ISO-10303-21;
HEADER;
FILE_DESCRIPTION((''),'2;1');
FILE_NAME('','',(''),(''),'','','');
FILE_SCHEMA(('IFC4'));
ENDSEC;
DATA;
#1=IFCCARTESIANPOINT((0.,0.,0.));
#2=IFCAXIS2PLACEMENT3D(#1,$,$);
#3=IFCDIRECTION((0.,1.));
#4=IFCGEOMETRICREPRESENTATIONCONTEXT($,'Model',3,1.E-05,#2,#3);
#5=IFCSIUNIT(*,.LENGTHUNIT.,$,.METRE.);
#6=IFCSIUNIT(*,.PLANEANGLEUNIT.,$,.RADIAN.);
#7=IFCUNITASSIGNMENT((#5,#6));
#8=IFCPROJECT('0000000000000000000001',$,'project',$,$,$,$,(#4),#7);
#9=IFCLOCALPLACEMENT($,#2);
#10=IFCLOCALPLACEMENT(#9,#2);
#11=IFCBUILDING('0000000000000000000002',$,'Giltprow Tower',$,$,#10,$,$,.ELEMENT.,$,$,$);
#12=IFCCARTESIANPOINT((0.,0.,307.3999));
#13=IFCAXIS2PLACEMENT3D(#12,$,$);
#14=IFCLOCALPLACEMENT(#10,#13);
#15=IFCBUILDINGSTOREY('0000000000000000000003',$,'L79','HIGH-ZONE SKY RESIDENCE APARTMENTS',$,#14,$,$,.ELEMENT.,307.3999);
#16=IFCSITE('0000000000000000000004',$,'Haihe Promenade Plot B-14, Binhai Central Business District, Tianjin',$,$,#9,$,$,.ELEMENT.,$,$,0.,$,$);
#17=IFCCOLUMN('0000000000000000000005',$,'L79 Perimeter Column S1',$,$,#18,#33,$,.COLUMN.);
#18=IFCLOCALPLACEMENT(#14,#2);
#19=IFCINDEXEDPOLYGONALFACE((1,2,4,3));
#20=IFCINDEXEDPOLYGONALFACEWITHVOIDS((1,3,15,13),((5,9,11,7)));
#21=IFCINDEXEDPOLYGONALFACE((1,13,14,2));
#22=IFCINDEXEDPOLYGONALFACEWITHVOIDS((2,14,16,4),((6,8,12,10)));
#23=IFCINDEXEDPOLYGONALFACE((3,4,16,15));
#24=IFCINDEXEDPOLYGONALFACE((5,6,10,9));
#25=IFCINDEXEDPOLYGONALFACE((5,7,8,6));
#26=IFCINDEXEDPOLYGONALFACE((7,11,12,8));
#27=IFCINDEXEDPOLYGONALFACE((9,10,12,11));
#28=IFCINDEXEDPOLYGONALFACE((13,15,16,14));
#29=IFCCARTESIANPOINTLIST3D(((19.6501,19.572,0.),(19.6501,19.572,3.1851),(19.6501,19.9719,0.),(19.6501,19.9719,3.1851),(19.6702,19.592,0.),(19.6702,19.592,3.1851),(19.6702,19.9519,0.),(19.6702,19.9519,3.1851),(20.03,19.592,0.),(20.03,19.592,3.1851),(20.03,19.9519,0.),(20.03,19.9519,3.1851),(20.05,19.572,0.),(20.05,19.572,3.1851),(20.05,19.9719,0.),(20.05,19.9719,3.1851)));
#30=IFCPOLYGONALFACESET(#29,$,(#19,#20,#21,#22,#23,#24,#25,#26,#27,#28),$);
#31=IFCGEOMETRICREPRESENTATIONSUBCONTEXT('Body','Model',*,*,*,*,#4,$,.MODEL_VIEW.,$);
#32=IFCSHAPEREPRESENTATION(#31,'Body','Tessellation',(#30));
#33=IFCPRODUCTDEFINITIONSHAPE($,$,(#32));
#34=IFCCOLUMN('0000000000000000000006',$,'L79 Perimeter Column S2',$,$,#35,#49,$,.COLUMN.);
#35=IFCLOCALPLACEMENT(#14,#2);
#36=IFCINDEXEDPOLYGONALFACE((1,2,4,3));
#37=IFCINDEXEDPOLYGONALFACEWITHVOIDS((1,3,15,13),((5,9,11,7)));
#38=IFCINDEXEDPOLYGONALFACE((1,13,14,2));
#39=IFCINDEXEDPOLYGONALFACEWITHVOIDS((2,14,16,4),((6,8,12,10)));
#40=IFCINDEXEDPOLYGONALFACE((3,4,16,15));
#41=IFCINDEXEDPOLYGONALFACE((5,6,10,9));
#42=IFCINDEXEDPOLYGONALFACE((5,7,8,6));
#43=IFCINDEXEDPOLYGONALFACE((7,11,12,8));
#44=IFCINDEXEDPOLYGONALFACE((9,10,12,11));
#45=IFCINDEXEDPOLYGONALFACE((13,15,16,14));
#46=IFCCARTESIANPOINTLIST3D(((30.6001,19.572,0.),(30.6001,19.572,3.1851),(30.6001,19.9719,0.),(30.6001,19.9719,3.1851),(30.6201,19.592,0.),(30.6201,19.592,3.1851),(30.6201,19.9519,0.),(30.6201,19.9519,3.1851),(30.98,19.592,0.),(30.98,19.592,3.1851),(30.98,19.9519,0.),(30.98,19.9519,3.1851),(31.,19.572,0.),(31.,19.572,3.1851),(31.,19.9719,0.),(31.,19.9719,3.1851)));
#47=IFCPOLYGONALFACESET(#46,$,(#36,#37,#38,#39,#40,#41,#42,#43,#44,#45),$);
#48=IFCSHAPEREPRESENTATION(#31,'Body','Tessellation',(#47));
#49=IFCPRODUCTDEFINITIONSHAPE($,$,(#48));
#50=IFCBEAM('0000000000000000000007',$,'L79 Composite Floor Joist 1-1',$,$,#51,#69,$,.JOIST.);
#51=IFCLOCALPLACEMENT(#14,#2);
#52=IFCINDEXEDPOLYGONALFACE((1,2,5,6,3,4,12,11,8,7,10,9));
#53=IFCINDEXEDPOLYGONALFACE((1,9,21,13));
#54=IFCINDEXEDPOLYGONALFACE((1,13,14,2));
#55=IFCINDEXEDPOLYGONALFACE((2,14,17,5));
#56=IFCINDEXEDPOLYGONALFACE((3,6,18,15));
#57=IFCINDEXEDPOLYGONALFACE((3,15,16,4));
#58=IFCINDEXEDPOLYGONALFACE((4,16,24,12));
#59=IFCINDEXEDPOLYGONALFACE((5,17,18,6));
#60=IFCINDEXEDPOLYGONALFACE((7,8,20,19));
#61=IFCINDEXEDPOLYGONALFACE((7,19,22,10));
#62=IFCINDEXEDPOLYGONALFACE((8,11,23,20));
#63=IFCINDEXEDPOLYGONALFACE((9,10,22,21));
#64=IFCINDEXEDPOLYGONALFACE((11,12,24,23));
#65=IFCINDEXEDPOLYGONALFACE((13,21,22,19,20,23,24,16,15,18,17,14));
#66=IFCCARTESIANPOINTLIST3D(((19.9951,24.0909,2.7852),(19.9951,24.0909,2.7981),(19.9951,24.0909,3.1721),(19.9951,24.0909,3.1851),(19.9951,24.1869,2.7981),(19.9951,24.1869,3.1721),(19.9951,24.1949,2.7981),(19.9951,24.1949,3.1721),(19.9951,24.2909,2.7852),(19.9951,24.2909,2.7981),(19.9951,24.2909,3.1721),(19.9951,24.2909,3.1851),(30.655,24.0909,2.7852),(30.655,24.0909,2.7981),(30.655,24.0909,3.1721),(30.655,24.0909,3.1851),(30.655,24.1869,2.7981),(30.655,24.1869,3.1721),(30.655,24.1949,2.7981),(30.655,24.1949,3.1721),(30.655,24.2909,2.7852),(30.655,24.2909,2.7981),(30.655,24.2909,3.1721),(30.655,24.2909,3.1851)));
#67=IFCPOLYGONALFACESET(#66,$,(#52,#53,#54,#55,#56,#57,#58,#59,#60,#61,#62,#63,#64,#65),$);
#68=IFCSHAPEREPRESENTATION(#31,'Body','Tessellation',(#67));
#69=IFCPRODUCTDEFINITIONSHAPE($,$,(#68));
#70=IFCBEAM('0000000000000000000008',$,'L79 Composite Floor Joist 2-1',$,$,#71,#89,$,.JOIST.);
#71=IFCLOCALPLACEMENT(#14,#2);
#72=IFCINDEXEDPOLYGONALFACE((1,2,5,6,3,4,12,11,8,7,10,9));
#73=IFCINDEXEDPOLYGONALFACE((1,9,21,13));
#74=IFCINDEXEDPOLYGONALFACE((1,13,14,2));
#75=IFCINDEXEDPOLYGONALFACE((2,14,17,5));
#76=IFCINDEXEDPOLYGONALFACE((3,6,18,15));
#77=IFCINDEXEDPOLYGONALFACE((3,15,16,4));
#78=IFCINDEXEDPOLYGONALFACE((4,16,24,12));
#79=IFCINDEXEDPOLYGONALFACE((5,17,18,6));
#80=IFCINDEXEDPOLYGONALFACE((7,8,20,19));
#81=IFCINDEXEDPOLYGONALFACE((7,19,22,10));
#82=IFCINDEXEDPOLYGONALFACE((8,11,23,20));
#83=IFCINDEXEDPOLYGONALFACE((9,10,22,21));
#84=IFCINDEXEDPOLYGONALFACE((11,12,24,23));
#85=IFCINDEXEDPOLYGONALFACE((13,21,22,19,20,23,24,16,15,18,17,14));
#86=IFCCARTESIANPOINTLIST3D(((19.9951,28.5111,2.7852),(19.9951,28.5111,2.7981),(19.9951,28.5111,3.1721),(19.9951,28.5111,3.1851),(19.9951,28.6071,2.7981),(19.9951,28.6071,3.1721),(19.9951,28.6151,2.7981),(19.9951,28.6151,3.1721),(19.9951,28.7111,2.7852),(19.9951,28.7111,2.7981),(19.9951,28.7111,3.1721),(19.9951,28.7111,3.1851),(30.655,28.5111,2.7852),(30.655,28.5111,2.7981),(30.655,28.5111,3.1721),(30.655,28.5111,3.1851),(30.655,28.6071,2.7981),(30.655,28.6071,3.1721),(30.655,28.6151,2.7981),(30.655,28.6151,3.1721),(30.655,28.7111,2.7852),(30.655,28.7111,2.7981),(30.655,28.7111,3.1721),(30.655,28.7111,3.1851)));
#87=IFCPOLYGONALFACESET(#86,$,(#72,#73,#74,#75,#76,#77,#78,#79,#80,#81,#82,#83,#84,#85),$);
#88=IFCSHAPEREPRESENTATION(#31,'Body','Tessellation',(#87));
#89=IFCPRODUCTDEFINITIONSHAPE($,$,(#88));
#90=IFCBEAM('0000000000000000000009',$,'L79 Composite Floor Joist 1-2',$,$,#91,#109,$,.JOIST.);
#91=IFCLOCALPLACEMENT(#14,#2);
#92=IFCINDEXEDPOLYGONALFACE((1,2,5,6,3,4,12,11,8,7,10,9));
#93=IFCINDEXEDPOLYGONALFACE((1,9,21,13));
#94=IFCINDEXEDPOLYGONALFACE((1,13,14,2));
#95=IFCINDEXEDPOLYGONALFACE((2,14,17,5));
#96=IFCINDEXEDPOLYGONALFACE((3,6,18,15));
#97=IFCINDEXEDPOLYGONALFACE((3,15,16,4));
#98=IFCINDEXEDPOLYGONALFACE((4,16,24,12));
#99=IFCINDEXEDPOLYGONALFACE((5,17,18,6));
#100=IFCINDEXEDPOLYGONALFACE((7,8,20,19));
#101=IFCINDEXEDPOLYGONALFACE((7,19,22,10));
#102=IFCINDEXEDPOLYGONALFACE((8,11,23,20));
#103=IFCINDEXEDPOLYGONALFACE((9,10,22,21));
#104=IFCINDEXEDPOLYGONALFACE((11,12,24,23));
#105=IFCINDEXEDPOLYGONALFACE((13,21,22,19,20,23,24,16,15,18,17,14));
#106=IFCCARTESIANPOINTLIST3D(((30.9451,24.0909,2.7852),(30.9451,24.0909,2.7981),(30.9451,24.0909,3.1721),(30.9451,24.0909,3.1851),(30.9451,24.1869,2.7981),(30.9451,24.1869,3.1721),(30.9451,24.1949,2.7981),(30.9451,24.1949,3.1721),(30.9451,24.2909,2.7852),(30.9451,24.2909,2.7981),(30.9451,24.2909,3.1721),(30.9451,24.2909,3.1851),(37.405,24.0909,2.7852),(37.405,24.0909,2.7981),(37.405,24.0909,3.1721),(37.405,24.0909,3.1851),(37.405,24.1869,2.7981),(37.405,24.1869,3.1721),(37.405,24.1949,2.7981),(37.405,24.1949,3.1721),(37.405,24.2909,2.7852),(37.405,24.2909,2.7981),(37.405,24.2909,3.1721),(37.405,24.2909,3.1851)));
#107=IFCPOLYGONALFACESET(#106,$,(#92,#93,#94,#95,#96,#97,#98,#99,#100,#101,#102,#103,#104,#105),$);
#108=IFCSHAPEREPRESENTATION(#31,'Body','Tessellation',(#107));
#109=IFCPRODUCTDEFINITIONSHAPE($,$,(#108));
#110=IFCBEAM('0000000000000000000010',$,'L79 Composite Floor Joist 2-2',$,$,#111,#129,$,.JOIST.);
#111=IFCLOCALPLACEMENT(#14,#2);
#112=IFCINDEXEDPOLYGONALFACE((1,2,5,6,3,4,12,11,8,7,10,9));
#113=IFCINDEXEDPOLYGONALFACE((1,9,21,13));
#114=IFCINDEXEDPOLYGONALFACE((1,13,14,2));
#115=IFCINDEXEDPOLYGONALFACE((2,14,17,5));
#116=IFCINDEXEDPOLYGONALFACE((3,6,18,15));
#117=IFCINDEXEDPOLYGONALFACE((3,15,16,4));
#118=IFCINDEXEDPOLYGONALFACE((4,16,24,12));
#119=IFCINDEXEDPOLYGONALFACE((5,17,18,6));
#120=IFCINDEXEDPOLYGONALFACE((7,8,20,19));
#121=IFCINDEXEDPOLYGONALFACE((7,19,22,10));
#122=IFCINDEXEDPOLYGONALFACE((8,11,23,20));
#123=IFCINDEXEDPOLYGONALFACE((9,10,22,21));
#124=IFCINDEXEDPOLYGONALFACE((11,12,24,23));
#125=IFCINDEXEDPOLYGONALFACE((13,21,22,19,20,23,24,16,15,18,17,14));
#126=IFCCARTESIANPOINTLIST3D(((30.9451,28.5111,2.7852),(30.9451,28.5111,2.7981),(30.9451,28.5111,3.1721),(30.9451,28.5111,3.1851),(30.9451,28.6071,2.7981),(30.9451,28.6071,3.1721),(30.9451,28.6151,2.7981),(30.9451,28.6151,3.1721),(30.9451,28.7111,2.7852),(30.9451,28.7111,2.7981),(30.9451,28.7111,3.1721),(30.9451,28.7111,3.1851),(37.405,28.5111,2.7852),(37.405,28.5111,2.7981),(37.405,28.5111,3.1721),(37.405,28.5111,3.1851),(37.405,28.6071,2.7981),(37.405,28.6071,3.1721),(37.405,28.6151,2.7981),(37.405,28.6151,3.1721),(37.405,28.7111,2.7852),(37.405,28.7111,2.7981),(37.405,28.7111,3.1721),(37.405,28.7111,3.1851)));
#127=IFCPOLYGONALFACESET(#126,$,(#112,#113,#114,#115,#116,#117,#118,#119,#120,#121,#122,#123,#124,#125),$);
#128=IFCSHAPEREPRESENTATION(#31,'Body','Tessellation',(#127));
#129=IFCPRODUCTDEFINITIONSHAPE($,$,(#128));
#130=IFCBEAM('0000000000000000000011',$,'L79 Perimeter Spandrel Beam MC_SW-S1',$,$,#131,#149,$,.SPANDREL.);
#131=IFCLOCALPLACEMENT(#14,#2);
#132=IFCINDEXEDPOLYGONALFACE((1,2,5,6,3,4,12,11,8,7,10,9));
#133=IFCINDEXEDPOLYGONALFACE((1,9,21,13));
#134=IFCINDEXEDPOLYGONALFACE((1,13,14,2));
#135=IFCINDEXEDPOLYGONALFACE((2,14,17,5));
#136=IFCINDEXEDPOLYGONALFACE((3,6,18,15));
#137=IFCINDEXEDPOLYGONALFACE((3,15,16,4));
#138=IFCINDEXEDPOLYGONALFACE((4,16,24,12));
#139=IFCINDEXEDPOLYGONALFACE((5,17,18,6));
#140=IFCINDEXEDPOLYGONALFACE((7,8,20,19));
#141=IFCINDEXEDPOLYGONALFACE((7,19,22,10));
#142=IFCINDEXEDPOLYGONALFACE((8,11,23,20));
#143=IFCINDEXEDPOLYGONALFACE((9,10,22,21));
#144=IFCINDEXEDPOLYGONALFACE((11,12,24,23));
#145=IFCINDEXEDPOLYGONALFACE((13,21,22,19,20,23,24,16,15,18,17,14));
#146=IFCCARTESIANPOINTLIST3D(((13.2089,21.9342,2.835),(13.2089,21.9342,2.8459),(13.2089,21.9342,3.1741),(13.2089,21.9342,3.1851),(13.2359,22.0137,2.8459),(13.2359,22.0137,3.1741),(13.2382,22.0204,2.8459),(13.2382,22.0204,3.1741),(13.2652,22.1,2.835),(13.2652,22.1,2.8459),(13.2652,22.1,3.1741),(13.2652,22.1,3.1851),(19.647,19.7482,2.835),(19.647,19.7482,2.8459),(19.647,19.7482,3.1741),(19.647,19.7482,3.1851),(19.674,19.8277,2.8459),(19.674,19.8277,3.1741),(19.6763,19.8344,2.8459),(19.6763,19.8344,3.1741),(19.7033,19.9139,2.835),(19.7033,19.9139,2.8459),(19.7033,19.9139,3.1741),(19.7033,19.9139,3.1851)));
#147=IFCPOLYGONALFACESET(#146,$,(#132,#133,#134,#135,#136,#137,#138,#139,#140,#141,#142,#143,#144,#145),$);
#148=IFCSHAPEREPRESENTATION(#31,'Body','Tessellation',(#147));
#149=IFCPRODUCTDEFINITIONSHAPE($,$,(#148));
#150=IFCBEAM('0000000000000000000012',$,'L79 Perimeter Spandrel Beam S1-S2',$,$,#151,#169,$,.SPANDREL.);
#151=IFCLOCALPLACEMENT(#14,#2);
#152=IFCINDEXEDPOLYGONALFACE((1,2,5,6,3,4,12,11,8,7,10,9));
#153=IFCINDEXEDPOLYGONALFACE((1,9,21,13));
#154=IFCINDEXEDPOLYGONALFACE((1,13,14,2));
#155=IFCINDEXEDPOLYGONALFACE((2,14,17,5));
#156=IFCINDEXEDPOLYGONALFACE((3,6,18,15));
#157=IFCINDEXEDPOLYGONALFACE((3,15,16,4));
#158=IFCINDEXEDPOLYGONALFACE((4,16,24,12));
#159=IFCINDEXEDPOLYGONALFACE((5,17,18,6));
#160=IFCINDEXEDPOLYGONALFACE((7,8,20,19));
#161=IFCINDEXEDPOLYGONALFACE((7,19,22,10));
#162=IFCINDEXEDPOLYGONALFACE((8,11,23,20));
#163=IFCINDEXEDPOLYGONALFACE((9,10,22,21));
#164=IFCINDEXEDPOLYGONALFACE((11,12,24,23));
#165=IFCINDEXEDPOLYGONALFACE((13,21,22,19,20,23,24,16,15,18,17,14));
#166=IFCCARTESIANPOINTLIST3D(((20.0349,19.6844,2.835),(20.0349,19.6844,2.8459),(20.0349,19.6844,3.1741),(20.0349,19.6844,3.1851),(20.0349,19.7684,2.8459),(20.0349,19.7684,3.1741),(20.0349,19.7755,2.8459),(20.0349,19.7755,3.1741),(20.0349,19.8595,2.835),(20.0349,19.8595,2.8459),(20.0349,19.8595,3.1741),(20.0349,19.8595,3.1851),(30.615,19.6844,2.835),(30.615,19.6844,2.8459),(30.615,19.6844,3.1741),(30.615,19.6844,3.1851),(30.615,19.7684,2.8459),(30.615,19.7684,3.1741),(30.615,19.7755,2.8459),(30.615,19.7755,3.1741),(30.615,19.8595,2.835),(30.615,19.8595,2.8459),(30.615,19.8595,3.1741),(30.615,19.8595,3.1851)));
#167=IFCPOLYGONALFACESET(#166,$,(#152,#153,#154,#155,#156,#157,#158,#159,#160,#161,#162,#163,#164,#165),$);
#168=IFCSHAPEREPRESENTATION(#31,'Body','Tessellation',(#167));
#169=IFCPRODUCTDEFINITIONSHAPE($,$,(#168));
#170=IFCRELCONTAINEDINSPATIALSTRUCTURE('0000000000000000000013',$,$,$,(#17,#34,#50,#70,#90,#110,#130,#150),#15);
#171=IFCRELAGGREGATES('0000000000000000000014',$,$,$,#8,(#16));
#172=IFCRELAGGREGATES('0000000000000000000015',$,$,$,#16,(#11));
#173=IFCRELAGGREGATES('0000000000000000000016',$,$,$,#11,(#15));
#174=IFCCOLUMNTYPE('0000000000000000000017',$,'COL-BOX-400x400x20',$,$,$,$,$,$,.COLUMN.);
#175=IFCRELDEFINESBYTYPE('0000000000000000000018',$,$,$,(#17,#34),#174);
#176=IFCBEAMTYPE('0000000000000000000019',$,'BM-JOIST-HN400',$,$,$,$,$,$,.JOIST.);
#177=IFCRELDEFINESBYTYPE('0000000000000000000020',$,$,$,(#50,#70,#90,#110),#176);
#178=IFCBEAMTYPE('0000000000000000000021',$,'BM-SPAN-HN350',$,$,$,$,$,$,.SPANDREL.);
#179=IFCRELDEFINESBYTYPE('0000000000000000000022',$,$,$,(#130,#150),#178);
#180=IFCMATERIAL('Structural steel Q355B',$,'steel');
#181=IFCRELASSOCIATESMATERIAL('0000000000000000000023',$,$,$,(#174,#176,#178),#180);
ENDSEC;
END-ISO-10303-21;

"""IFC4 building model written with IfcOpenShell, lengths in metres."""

from ifc_helpers import new_model, si_unit, direction, frame, origin, origin_2d, place, context, subcontext, project, spatial, hollow_rectangle, i_section, extrude, source, transform, mapped, material, material_profile, profile_set, type_object, element, save


model = new_model("IFC4")

# Units and contexts
model_context = context("Model", 3, precision=1e-05, world=origin(), true_north=direction((0.0, 1.0)))
body_context = subcontext(model_context, "Body", "Model", "MODEL_VIEW")
ifc_project = project(units=[si_unit("LENGTHUNIT", "METRE"), si_unit("PLANEANGLEUNIT", "RADIAN")], contexts=[model_context])

# Site, building, storey
site_placement = place(None, origin())
site = spatial("IfcSite", under=ifc_project, at=site_placement, Name="Haihe Promenade Plot B-14, Binhai Central Business District, Tianjin", CompositionType="ELEMENT", RefElevation=0.0)
building_placement = place(site_placement, origin())
building = spatial("IfcBuilding", under=site, at=building_placement, Name="Giltprow Tower", CompositionType="ELEMENT")
storey_placement = place(building_placement, frame((0.0, 0.0, 307.3999)))
storey = spatial("IfcBuildingStorey", under=building, at=storey_placement, Name="L79", Description="HIGH-ZONE SKY RESIDENCE APARTMENTS", CompositionType="ELEMENT", Elevation=307.3999)

# Columns
ifc_material_1 = material(Name="Structural steel Q355B", Category="steel")
ifc_material_profile_1 = material_profile(ifc_material_1, hollow_rectangle(XDim=0.3999, YDim=0.3999, WallThickness=0.02, at=origin_2d()), Name="BOX 400x400x20")
ifc_profile_set_1 = profile_set([ifc_material_profile_1], Name="Structural steel Q355B")
column_type = type_object("IfcColumnType", Name="COL-BOX-400x400x20", PredefinedType="COLUMN", material=ifc_profile_set_1)
shared_shape_1 = source(origin(), body_context, "Body", "SweptSolid", [
    extrude(hollow_rectangle(XDim=0.3999, YDim=0.3999, WallThickness=0.02, at=origin_2d()), origin(), (0.0, 0.0, 1.0), 3.1851),
])
for number, where, z_axis, x_axis, name in (
    (1, (19.8501, 19.772, 0.0), (0.0, 0.0, 1.0), (1.0, 0.0, 0.0), "L79 Perimeter Column S1"),
    (2, (30.8, 19.772, 0.0), (0.0, 0.0, 1.0), (1.0, 0.0, 0.0), "L79 Perimeter Column S2"),
):
    element("IfcColumn", number, at=place(storey_placement, frame(where, z_axis=z_axis, x_axis=x_axis)), inside=storey, type_object=column_type, Name=name, PredefinedType="COLUMN", context=body_context, shape_type="MappedRepresentation", body=[
        mapped(shared_shape_1, transform((0.0, 0.0, 0.0), x_axis=(1.0, 0.0, 0.0), y_axis=(0.0, 1.0, 0.0), z_axis=(0.0, 0.0, 1.0), scale=1.0)),
    ])

# Beams
ifc_material_profile_2 = material_profile(ifc_material_1, i_section(OverallWidth=0.2, OverallDepth=0.3999, WebThickness=0.0081, FlangeThickness=0.0129, at=origin_2d()), Name="HN 400x200x8x13")
ifc_profile_set_2 = profile_set([ifc_material_profile_2], Name="Structural steel Q355B")
beam_type_1 = type_object("IfcBeamType", Name="BM-JOIST-HN400", PredefinedType="JOIST", material=ifc_profile_set_2)
shared_shape_2 = source(origin(), body_context, "Body", "SweptSolid", [
    extrude(i_section(OverallWidth=0.2, OverallDepth=0.3999, WebThickness=0.0081, FlangeThickness=0.0129, at=origin_2d()), origin(), (0.0, 0.0, 1.0), 10.6599),
])
for number, where, z_axis, x_axis, name in (
    (3, (19.9951, 24.1909, 2.9851), (1.0, 0.0, 0.0), (0.0, 1.0, 0.0), "L79 Composite Floor Joist 1-1"),
    (4, (19.9951, 28.6111, 2.9851), (1.0, 0.0, 0.0), (0.0, 1.0, 0.0), "L79 Composite Floor Joist 2-1"),
):
    element("IfcBeam", number, at=place(storey_placement, frame(where, z_axis=z_axis, x_axis=x_axis)), inside=storey, type_object=beam_type_1, Name=name, PredefinedType="JOIST", context=body_context, shape_type="MappedRepresentation", body=[
        mapped(shared_shape_2, transform((0.0, 0.0, 0.0), x_axis=(1.0, 0.0, 0.0), y_axis=(0.0, 1.0, 0.0), z_axis=(0.0, 0.0, 1.0), scale=1.0)),
    ])
shared_shape_3 = source(origin(), body_context, "Body", "SweptSolid", [
    extrude(i_section(OverallWidth=0.2, OverallDepth=0.3999, WebThickness=0.0081, FlangeThickness=0.0129, at=origin_2d()), origin(), (0.0, 0.0, 1.0), 6.46),
])
for number, where, z_axis, x_axis, name in (
    (5, (30.9451, 24.1909, 2.9851), (1.0, 0.0, 0.0), (0.0, 1.0, 0.0), "L79 Composite Floor Joist 1-2"),
    (6, (30.9451, 28.6111, 2.9851), (1.0, 0.0, 0.0), (0.0, 1.0, 0.0), "L79 Composite Floor Joist 2-2"),
):
    element("IfcBeam", number, at=place(storey_placement, frame(where, z_axis=z_axis, x_axis=x_axis)), inside=storey, type_object=beam_type_1, Name=name, PredefinedType="JOIST", context=body_context, shape_type="MappedRepresentation", body=[
        mapped(shared_shape_3, transform((0.0, 0.0, 0.0), x_axis=(1.0, 0.0, 0.0), y_axis=(0.0, 1.0, 0.0), z_axis=(0.0, 0.0, 1.0), scale=1.0)),
    ])
ifc_material_profile_3 = material_profile(ifc_material_1, i_section(OverallWidth=0.175, OverallDepth=0.3501, WebThickness=0.0071, FlangeThickness=0.011, at=origin_2d()), Name="HN 350x175x7x11")
ifc_profile_set_3 = profile_set([ifc_material_profile_3], Name="Structural steel Q355B")
beam_type_2 = type_object("IfcBeamType", Name="BM-SPAN-HN350", PredefinedType="SPANDREL", material=ifc_profile_set_3)
shared_shape_4 = source(origin(), body_context, "Body", "SweptSolid", [
    extrude(i_section(OverallWidth=0.175, OverallDepth=0.3501, WebThickness=0.0071, FlangeThickness=0.011, at=origin_2d()), origin(), (0.0, 0.0, 1.0), 6.7991),
])
beam_1_placement = place(storey_placement, frame((13.2371, 22.0171, 3.01), z_axis=(0.946902, -0.321523, 0.0), x_axis=(0.321523, 0.946902, 0.0)))
element("IfcBeam", 7, at=beam_1_placement, inside=storey, type_object=beam_type_2, Name="L79 Perimeter Spandrel Beam MC_SW-S1", PredefinedType="SPANDREL", context=body_context, shape_type="MappedRepresentation", body=[
    mapped(shared_shape_4, transform((0.0, 0.0, 0.0), x_axis=(1.0, 0.0, 0.0), y_axis=(0.0, 1.0, 0.0), z_axis=(0.0, 0.0, 1.0), scale=1.0)),
])
shared_shape_5 = source(origin(), body_context, "Body", "SweptSolid", [
    extrude(i_section(OverallWidth=0.175, OverallDepth=0.3501, WebThickness=0.0071, FlangeThickness=0.011, at=origin_2d()), origin(), (0.0, 0.0, 1.0), 10.5801),
])
beam_2_placement = place(storey_placement, frame((20.0349, 19.772, 3.01), z_axis=(1.0, 0.0, 0.0), x_axis=(0.0, 1.0, 0.0)))
element("IfcBeam", 8, at=beam_2_placement, inside=storey, type_object=beam_type_2, Name="L79 Perimeter Spandrel Beam S1-S2", PredefinedType="SPANDREL", context=body_context, shape_type="MappedRepresentation", body=[
    mapped(shared_shape_5, transform((0.0, 0.0, 0.0), x_axis=(1.0, 0.0, 0.0), y_axis=(0.0, 1.0, 0.0), z_axis=(0.0, 0.0, 1.0), scale=1.0)),
])

save(model, "model.ifc")
